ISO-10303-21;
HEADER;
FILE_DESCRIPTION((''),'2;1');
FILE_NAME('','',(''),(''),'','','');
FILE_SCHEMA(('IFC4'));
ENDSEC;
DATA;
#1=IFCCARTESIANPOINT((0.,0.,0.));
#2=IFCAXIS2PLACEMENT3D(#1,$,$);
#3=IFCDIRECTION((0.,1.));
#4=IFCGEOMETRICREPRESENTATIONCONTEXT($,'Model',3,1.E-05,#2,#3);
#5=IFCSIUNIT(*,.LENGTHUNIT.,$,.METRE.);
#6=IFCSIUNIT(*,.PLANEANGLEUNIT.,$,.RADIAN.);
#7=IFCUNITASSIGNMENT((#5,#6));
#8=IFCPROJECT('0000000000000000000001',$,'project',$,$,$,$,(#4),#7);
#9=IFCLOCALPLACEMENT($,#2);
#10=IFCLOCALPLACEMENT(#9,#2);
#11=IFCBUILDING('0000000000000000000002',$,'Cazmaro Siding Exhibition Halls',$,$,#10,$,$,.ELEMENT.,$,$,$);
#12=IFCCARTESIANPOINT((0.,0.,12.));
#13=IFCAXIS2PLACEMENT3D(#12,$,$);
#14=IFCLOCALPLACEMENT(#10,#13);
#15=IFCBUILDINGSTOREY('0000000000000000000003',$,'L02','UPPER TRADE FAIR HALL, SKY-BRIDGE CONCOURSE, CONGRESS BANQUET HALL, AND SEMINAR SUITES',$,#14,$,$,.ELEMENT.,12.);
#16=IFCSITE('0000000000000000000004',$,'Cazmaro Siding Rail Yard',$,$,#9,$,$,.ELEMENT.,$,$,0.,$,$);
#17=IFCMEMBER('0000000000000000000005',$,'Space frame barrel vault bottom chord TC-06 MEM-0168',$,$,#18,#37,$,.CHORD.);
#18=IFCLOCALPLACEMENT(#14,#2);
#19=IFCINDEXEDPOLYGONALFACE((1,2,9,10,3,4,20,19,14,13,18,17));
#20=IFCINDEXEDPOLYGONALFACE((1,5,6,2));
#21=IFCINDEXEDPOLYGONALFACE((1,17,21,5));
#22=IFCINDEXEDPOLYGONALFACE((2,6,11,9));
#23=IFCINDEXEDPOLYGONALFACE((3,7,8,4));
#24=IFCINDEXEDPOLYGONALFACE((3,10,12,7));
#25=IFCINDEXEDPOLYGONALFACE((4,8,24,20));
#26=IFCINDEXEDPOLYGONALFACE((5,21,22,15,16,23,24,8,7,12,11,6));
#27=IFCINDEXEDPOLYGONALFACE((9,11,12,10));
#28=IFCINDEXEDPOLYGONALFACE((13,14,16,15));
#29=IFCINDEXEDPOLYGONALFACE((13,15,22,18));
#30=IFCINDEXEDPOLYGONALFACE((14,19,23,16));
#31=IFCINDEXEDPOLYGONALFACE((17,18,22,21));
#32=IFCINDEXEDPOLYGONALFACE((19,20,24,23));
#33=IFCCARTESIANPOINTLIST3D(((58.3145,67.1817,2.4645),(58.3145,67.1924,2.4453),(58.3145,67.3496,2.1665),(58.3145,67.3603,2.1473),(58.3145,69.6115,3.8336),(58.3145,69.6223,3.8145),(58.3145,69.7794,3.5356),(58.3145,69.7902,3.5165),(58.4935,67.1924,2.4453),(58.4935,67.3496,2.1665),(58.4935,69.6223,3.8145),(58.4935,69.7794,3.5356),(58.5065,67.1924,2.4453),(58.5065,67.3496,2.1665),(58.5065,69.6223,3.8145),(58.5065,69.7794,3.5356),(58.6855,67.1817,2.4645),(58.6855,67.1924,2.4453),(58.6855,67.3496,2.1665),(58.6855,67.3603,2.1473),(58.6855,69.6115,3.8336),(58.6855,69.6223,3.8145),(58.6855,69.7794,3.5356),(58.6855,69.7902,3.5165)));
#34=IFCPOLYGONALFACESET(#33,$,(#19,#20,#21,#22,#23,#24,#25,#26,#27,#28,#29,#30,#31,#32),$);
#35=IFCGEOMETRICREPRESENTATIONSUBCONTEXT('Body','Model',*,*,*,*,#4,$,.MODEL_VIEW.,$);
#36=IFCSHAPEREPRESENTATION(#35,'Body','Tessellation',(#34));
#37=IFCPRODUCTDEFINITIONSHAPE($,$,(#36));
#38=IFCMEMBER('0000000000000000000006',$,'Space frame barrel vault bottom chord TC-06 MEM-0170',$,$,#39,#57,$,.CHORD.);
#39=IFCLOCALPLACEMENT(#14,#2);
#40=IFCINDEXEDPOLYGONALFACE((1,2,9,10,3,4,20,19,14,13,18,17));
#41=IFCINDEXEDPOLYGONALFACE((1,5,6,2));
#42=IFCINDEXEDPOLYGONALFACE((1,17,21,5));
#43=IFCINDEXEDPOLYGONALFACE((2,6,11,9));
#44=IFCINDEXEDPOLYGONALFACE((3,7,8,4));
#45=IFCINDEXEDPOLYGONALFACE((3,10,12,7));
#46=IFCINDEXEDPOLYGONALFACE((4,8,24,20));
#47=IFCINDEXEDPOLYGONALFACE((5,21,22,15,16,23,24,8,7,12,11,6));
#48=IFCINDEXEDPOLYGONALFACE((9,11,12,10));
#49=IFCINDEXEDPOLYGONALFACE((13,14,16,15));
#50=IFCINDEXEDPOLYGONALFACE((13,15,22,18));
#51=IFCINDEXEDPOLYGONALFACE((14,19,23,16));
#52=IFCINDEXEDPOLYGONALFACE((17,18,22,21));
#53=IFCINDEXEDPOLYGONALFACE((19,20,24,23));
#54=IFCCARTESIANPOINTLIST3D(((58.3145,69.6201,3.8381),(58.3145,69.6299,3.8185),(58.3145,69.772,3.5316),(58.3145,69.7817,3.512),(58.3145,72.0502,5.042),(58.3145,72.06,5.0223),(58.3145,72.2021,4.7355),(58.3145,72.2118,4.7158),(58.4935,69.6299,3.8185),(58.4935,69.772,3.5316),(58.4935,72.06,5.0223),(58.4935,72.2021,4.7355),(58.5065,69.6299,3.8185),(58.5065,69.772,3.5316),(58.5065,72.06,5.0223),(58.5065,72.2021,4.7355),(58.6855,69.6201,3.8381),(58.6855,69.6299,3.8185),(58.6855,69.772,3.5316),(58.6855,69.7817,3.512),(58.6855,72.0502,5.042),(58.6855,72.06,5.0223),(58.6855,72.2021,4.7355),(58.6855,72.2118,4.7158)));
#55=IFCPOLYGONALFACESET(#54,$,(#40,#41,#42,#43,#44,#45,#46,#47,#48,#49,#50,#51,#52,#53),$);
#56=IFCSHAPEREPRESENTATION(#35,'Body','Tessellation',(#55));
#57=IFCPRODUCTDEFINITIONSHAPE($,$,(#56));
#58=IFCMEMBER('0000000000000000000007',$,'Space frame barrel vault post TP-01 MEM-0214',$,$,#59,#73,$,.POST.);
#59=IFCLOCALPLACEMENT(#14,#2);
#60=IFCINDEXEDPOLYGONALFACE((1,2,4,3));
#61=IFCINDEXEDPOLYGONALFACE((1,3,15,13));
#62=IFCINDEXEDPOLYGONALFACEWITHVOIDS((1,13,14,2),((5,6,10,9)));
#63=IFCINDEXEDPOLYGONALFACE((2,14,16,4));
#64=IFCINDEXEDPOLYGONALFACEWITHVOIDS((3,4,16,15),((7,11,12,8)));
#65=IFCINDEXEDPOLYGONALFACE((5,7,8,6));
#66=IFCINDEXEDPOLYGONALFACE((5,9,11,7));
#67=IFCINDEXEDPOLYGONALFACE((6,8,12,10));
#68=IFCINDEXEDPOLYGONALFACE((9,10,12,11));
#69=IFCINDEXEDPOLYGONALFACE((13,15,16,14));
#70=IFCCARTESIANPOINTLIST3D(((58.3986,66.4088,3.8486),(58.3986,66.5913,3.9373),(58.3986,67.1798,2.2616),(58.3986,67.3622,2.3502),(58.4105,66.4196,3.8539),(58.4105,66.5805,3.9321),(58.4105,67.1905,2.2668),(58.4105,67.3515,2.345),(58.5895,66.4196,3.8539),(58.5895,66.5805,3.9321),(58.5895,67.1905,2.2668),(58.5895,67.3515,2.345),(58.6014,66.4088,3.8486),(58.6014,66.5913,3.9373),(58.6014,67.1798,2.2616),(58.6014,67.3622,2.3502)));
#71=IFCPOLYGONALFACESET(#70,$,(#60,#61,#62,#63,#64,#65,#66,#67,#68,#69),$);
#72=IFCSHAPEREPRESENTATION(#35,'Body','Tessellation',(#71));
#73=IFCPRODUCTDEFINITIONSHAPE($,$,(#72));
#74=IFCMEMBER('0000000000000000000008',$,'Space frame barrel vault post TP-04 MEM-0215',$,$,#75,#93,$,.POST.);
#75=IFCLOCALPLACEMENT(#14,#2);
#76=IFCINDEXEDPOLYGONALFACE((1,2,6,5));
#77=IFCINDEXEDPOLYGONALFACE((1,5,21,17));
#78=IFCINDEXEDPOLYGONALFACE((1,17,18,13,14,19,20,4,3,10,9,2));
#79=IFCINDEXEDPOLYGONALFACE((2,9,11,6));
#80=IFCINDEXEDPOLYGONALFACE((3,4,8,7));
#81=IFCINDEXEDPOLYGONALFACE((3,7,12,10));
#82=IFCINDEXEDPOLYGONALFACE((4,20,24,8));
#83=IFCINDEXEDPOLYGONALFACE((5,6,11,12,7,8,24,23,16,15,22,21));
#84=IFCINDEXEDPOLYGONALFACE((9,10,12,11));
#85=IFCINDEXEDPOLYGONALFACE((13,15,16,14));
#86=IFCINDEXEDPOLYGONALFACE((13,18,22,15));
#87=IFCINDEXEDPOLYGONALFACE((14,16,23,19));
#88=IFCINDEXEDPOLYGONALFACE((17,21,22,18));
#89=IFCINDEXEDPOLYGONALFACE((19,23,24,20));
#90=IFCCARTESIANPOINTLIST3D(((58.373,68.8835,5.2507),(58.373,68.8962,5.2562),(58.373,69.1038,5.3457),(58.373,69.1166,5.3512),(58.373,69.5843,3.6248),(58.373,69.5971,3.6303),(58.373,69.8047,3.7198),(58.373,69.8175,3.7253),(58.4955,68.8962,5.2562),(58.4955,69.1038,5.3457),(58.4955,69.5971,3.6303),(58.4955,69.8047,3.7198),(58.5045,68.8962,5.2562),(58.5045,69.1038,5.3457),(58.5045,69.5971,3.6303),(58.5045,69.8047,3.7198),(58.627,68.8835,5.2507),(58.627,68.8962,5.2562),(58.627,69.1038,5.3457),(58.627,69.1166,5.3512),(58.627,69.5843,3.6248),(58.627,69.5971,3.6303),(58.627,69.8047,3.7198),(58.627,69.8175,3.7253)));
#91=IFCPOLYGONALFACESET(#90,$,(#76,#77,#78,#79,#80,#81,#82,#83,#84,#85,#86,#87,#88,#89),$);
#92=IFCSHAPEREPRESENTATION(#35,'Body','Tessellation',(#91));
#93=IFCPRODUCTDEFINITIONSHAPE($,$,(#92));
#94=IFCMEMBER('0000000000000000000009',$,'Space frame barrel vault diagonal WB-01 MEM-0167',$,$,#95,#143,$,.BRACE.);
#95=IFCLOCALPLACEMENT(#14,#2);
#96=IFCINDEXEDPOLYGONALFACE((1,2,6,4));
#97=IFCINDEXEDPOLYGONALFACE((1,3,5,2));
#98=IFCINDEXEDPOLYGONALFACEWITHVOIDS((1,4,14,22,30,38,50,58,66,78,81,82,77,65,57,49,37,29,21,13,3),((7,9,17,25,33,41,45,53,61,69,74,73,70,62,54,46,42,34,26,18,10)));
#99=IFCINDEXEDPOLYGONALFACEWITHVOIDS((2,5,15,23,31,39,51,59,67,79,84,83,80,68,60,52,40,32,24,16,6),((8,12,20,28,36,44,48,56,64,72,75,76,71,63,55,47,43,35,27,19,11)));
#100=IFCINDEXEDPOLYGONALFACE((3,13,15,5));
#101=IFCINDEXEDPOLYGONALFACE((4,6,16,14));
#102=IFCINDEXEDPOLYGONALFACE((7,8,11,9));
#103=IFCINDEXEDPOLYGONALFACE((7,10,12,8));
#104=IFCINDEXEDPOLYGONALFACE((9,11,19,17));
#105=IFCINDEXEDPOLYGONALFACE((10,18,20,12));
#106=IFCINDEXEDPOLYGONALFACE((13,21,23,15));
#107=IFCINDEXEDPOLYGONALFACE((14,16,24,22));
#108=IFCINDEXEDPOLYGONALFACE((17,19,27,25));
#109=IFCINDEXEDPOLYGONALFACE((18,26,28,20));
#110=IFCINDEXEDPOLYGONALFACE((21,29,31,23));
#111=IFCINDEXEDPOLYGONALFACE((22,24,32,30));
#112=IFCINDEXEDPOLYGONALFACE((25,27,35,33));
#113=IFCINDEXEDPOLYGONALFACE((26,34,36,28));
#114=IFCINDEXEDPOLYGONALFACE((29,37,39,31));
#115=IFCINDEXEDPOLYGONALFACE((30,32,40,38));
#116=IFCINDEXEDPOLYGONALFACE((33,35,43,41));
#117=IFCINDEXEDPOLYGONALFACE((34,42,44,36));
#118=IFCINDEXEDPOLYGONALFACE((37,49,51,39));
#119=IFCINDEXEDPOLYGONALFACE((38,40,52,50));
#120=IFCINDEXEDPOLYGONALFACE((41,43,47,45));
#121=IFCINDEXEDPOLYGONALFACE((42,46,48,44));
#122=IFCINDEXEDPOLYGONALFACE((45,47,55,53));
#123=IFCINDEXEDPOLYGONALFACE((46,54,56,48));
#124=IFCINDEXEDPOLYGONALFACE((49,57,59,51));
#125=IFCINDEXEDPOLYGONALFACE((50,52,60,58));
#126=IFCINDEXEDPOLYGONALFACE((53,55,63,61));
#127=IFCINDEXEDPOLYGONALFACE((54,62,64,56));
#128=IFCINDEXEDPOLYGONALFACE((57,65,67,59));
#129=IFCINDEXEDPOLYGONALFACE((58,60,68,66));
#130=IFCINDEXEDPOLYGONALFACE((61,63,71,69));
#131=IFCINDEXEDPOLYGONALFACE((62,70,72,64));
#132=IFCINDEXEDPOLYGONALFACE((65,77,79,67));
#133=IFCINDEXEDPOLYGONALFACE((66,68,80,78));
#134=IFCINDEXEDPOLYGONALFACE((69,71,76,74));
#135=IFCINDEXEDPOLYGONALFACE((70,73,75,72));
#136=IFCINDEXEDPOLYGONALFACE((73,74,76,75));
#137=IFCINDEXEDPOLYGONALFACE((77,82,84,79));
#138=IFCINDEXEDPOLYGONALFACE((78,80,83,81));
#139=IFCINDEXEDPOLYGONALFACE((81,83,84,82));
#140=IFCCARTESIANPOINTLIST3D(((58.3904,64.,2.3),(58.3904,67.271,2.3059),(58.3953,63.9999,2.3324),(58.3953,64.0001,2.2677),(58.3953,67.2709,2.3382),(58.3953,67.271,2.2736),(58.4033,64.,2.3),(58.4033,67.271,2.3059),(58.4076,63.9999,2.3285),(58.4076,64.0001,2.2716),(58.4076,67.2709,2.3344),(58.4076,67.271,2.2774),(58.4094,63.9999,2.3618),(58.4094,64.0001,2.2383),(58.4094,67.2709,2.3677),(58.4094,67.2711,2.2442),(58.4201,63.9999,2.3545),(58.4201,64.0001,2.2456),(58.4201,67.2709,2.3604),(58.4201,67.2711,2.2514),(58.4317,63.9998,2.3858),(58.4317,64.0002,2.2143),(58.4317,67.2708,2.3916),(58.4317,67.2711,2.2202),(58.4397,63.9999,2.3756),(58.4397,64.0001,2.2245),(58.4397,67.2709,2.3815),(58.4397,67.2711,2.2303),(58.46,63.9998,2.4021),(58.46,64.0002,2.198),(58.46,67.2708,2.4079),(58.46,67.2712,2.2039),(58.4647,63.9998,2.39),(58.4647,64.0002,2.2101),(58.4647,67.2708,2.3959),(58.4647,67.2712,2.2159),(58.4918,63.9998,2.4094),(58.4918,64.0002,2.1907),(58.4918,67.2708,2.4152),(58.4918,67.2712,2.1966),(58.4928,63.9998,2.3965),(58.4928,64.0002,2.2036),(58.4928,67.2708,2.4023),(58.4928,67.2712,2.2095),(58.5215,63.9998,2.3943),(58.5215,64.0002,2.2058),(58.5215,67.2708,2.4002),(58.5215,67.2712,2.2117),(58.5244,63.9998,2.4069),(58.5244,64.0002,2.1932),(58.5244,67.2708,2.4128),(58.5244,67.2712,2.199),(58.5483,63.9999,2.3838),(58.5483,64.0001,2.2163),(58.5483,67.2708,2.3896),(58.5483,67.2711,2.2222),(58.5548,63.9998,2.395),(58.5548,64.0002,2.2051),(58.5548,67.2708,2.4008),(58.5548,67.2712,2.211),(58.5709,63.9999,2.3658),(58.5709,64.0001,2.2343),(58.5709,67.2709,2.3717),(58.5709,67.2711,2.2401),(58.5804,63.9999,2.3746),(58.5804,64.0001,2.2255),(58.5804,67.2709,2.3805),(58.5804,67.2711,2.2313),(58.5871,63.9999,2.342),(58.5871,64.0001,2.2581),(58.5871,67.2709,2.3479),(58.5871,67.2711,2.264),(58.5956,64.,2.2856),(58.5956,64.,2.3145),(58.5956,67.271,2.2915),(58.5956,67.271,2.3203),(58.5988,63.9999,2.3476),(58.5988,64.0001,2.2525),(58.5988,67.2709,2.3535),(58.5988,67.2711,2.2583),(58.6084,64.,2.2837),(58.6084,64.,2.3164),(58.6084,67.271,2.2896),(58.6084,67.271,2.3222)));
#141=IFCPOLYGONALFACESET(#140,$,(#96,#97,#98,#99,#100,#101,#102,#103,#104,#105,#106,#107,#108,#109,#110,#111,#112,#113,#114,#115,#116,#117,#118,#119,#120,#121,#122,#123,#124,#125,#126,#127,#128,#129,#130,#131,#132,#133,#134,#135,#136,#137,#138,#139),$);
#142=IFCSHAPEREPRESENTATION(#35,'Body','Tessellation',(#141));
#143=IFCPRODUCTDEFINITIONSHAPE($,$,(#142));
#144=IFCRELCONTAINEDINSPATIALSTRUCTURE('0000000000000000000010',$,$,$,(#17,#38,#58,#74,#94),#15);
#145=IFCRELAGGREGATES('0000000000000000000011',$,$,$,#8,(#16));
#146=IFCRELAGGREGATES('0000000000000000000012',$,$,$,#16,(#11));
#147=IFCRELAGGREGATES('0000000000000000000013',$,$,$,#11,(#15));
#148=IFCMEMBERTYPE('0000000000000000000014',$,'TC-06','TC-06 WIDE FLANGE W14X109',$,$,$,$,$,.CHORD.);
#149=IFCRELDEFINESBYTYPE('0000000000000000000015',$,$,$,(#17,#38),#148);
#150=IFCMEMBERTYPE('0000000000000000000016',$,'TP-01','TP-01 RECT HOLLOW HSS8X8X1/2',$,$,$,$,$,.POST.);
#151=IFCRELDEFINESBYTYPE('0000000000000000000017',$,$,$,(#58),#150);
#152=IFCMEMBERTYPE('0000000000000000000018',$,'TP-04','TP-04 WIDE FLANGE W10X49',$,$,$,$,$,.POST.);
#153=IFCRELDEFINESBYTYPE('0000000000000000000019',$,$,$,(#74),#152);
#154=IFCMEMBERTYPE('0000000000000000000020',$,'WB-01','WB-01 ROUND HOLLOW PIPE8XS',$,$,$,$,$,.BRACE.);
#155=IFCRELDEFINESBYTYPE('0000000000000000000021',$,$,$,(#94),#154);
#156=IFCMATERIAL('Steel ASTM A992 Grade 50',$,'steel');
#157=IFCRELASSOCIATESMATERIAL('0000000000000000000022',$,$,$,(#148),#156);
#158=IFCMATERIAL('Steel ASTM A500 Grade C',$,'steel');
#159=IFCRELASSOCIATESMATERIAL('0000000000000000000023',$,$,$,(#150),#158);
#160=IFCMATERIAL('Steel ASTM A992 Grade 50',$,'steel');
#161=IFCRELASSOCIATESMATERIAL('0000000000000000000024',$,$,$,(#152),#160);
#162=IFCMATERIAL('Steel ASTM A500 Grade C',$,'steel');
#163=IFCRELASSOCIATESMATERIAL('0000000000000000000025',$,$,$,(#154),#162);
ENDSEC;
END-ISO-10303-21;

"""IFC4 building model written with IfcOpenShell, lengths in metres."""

from ifc_helpers import new_model, si_unit, direction, frame, origin, origin_2d, place, context, subcontext, project, spatial, hollow_rectangle, hollow_circle, i_section, extrude, material, material_profile, profile_set, type_object, element, save


model = new_model("IFC4")

# Units and contexts
model_context = context("Model", 3, precision=1e-05, world=origin(), true_north=direction((0.0, 1.0)))
body_context = subcontext(model_context, "Body", "Model", "MODEL_VIEW")
ifc_project = project(units=[si_unit("LENGTHUNIT", "METRE"), si_unit("PLANEANGLEUNIT", "RADIAN")], contexts=[model_context])

# Site, building, storey
site_placement = place(None, origin())
site = spatial("IfcSite", under=ifc_project, at=site_placement, Name="Cazmaro Siding Rail Yard", CompositionType="ELEMENT", RefElevation=0.0)
building_placement = place(site_placement, origin())
building = spatial("IfcBuilding", under=site, at=building_placement, Name="Cazmaro Siding Exhibition Halls", CompositionType="ELEMENT")
storey_placement = place(building_placement, frame((0.0, 0.0, 12.0)))
storey = spatial("IfcBuildingStorey", under=building, at=storey_placement, Name="L02", Description="UPPER TRADE FAIR HALL, SKY-BRIDGE CONCOURSE, CONGRESS BANQUET HALL, AND SEMINAR SUITES", CompositionType="ELEMENT", Elevation=12.0)

# Members
ifc_material_1 = material(Name="Steel ASTM A992 Grade 50", Category="steel")
ifc_material_profile_1 = material_profile(ifc_material_1, i_section(OverallWidth=0.3711, OverallDepth=0.364, WebThickness=0.0129, FlangeThickness=0.022, at=origin_2d()), Name="W14X109")
ifc_profile_set_1 = profile_set([ifc_material_profile_1], Name="Steel ASTM A992 Grade 50")
member_type_1 = type_object("IfcMemberType", Name="TC-06", Description="TC-06 WIDE FLANGE W14X109", PredefinedType="CHORD", material=ifc_profile_set_1)
member_1_placement = place(storey_placement, frame((58.5, 67.271, 2.3059), z_axis=(0.0, 0.871222, 0.490889), x_axis=(-1.0, 0.0, 0.0)))
element("IfcMember", 1, at=member_1_placement, inside=storey, type_object=member_type_1, Name="Space frame barrel vault bottom chord TC-06 MEM-0168", PredefinedType="CHORD", context=body_context, shape_type="SweptSolid", body=[
    extrude(i_section(OverallWidth=0.3711, OverallDepth=0.364, WebThickness=0.0129, FlangeThickness=0.022, at=origin_2d()), origin(), (0.0, 0.0, 1.0), 2.7891),
])
member_2_placement = place(storey_placement, frame((58.5, 69.7009, 3.675), z_axis=(0.0, 0.896077, 0.443898), x_axis=(-1.0, 0.0, 0.0)))
element("IfcMember", 2, at=member_2_placement, inside=storey, type_object=member_type_1, Name="Space frame barrel vault bottom chord TC-06 MEM-0170", PredefinedType="CHORD", context=body_context, shape_type="SweptSolid", body=[
    extrude(i_section(OverallWidth=0.3711, OverallDepth=0.364, WebThickness=0.0129, FlangeThickness=0.022, at=origin_2d()), origin(), (0.0, 0.0, 1.0), 2.7119),
])
ifc_material_2 = material(Name="Steel ASTM A500 Grade C", Category="steel")
ifc_material_profile_2 = material_profile(ifc_material_2, hollow_rectangle(XDim=0.2029, YDim=0.2029, WallThickness=0.012, at=origin_2d()), Name="HSS8X8X1/2")
ifc_profile_set_2 = profile_set([ifc_material_profile_2], Name="Steel ASTM A500 Grade C")
member_type_2 = type_object("IfcMemberType", Name="TP-01", Description="TP-01 RECT HOLLOW HSS8X8X1/2", PredefinedType="POST", material=ifc_profile_set_2)
member_3_placement = place(storey_placement, frame((58.5, 67.271, 2.3059), z_axis=(0.0, -0.436946, 0.899488), x_axis=(1.0, 0.0, 0.0)))
element("IfcMember", 3, at=member_3_placement, inside=storey, type_object=member_type_2, Name="Space frame barrel vault post TP-01 MEM-0214", PredefinedType="POST", context=body_context, shape_type="SweptSolid", body=[
    extrude(hollow_rectangle(XDim=0.2029, YDim=0.2029, WallThickness=0.012, at=origin_2d()), origin(), (0.0, 0.0, 1.0), 1.7644),
])
ifc_material_3 = material(Name="Steel ASTM A992 Grade 50", Category="steel")
ifc_material_profile_3 = material_profile(ifc_material_3, i_section(OverallWidth=0.2539, OverallDepth=0.2539, WebThickness=0.009, FlangeThickness=0.0139, at=origin_2d()), Name="W10X49")
ifc_profile_set_3 = profile_set([ifc_material_profile_3], Name="Steel ASTM A992 Grade 50")
member_type_3 = type_object("IfcMemberType", Name="TP-04", Description="TP-04 WIDE FLANGE W10X49", PredefinedType="POST", material=ifc_profile_set_3)
member_4_placement = place(storey_placement, frame((58.5, 69.7009, 3.675), z_axis=(0.0, -0.395865, 0.918309), x_axis=(1.0, 0.0, 0.0)))
element("IfcMember", 4, at=member_4_placement, inside=storey, type_object=member_type_3, Name="Space frame barrel vault post TP-04 MEM-0215", PredefinedType="POST", context=body_context, shape_type="SweptSolid", body=[
    extrude(i_section(OverallWidth=0.2539, OverallDepth=0.2539, WebThickness=0.009, FlangeThickness=0.0139, at=origin_2d()), origin(), (0.0, 0.0, 1.0), 1.7705),
])
ifc_material_4 = material(Name="Steel ASTM A500 Grade C", Category="steel")
ifc_material_profile_4 = material_profile(ifc_material_4, hollow_circle(Radius=0.1096, WallThickness=0.0129, at=origin_2d()), Name="PIPE8XS")
ifc_profile_set_4 = profile_set([ifc_material_profile_4], Name="Steel ASTM A500 Grade C")
member_type_4 = type_object("IfcMemberType", Name="WB-01", Description="WB-01 ROUND HOLLOW PIPE8XS", PredefinedType="BRACE", material=ifc_profile_set_4)
member_5_placement = place(storey_placement, frame((58.5, 64.0, 2.3), z_axis=(0.0, 0.999998, 0.001791), x_axis=(-1.0, 0.0, 0.0)))
element("IfcMember", 5, at=member_5_placement, inside=storey, type_object=member_type_4, Name="Space frame barrel vault diagonal WB-01 MEM-0167", PredefinedType="BRACE", context=body_context, shape_type="SweptSolid", body=[
    extrude(hollow_circle(Radius=0.1096, WallThickness=0.0129, at=origin_2d()), origin(), (0.0, 0.0, 1.0), 3.271),
])

save(model, "model.ifc")
